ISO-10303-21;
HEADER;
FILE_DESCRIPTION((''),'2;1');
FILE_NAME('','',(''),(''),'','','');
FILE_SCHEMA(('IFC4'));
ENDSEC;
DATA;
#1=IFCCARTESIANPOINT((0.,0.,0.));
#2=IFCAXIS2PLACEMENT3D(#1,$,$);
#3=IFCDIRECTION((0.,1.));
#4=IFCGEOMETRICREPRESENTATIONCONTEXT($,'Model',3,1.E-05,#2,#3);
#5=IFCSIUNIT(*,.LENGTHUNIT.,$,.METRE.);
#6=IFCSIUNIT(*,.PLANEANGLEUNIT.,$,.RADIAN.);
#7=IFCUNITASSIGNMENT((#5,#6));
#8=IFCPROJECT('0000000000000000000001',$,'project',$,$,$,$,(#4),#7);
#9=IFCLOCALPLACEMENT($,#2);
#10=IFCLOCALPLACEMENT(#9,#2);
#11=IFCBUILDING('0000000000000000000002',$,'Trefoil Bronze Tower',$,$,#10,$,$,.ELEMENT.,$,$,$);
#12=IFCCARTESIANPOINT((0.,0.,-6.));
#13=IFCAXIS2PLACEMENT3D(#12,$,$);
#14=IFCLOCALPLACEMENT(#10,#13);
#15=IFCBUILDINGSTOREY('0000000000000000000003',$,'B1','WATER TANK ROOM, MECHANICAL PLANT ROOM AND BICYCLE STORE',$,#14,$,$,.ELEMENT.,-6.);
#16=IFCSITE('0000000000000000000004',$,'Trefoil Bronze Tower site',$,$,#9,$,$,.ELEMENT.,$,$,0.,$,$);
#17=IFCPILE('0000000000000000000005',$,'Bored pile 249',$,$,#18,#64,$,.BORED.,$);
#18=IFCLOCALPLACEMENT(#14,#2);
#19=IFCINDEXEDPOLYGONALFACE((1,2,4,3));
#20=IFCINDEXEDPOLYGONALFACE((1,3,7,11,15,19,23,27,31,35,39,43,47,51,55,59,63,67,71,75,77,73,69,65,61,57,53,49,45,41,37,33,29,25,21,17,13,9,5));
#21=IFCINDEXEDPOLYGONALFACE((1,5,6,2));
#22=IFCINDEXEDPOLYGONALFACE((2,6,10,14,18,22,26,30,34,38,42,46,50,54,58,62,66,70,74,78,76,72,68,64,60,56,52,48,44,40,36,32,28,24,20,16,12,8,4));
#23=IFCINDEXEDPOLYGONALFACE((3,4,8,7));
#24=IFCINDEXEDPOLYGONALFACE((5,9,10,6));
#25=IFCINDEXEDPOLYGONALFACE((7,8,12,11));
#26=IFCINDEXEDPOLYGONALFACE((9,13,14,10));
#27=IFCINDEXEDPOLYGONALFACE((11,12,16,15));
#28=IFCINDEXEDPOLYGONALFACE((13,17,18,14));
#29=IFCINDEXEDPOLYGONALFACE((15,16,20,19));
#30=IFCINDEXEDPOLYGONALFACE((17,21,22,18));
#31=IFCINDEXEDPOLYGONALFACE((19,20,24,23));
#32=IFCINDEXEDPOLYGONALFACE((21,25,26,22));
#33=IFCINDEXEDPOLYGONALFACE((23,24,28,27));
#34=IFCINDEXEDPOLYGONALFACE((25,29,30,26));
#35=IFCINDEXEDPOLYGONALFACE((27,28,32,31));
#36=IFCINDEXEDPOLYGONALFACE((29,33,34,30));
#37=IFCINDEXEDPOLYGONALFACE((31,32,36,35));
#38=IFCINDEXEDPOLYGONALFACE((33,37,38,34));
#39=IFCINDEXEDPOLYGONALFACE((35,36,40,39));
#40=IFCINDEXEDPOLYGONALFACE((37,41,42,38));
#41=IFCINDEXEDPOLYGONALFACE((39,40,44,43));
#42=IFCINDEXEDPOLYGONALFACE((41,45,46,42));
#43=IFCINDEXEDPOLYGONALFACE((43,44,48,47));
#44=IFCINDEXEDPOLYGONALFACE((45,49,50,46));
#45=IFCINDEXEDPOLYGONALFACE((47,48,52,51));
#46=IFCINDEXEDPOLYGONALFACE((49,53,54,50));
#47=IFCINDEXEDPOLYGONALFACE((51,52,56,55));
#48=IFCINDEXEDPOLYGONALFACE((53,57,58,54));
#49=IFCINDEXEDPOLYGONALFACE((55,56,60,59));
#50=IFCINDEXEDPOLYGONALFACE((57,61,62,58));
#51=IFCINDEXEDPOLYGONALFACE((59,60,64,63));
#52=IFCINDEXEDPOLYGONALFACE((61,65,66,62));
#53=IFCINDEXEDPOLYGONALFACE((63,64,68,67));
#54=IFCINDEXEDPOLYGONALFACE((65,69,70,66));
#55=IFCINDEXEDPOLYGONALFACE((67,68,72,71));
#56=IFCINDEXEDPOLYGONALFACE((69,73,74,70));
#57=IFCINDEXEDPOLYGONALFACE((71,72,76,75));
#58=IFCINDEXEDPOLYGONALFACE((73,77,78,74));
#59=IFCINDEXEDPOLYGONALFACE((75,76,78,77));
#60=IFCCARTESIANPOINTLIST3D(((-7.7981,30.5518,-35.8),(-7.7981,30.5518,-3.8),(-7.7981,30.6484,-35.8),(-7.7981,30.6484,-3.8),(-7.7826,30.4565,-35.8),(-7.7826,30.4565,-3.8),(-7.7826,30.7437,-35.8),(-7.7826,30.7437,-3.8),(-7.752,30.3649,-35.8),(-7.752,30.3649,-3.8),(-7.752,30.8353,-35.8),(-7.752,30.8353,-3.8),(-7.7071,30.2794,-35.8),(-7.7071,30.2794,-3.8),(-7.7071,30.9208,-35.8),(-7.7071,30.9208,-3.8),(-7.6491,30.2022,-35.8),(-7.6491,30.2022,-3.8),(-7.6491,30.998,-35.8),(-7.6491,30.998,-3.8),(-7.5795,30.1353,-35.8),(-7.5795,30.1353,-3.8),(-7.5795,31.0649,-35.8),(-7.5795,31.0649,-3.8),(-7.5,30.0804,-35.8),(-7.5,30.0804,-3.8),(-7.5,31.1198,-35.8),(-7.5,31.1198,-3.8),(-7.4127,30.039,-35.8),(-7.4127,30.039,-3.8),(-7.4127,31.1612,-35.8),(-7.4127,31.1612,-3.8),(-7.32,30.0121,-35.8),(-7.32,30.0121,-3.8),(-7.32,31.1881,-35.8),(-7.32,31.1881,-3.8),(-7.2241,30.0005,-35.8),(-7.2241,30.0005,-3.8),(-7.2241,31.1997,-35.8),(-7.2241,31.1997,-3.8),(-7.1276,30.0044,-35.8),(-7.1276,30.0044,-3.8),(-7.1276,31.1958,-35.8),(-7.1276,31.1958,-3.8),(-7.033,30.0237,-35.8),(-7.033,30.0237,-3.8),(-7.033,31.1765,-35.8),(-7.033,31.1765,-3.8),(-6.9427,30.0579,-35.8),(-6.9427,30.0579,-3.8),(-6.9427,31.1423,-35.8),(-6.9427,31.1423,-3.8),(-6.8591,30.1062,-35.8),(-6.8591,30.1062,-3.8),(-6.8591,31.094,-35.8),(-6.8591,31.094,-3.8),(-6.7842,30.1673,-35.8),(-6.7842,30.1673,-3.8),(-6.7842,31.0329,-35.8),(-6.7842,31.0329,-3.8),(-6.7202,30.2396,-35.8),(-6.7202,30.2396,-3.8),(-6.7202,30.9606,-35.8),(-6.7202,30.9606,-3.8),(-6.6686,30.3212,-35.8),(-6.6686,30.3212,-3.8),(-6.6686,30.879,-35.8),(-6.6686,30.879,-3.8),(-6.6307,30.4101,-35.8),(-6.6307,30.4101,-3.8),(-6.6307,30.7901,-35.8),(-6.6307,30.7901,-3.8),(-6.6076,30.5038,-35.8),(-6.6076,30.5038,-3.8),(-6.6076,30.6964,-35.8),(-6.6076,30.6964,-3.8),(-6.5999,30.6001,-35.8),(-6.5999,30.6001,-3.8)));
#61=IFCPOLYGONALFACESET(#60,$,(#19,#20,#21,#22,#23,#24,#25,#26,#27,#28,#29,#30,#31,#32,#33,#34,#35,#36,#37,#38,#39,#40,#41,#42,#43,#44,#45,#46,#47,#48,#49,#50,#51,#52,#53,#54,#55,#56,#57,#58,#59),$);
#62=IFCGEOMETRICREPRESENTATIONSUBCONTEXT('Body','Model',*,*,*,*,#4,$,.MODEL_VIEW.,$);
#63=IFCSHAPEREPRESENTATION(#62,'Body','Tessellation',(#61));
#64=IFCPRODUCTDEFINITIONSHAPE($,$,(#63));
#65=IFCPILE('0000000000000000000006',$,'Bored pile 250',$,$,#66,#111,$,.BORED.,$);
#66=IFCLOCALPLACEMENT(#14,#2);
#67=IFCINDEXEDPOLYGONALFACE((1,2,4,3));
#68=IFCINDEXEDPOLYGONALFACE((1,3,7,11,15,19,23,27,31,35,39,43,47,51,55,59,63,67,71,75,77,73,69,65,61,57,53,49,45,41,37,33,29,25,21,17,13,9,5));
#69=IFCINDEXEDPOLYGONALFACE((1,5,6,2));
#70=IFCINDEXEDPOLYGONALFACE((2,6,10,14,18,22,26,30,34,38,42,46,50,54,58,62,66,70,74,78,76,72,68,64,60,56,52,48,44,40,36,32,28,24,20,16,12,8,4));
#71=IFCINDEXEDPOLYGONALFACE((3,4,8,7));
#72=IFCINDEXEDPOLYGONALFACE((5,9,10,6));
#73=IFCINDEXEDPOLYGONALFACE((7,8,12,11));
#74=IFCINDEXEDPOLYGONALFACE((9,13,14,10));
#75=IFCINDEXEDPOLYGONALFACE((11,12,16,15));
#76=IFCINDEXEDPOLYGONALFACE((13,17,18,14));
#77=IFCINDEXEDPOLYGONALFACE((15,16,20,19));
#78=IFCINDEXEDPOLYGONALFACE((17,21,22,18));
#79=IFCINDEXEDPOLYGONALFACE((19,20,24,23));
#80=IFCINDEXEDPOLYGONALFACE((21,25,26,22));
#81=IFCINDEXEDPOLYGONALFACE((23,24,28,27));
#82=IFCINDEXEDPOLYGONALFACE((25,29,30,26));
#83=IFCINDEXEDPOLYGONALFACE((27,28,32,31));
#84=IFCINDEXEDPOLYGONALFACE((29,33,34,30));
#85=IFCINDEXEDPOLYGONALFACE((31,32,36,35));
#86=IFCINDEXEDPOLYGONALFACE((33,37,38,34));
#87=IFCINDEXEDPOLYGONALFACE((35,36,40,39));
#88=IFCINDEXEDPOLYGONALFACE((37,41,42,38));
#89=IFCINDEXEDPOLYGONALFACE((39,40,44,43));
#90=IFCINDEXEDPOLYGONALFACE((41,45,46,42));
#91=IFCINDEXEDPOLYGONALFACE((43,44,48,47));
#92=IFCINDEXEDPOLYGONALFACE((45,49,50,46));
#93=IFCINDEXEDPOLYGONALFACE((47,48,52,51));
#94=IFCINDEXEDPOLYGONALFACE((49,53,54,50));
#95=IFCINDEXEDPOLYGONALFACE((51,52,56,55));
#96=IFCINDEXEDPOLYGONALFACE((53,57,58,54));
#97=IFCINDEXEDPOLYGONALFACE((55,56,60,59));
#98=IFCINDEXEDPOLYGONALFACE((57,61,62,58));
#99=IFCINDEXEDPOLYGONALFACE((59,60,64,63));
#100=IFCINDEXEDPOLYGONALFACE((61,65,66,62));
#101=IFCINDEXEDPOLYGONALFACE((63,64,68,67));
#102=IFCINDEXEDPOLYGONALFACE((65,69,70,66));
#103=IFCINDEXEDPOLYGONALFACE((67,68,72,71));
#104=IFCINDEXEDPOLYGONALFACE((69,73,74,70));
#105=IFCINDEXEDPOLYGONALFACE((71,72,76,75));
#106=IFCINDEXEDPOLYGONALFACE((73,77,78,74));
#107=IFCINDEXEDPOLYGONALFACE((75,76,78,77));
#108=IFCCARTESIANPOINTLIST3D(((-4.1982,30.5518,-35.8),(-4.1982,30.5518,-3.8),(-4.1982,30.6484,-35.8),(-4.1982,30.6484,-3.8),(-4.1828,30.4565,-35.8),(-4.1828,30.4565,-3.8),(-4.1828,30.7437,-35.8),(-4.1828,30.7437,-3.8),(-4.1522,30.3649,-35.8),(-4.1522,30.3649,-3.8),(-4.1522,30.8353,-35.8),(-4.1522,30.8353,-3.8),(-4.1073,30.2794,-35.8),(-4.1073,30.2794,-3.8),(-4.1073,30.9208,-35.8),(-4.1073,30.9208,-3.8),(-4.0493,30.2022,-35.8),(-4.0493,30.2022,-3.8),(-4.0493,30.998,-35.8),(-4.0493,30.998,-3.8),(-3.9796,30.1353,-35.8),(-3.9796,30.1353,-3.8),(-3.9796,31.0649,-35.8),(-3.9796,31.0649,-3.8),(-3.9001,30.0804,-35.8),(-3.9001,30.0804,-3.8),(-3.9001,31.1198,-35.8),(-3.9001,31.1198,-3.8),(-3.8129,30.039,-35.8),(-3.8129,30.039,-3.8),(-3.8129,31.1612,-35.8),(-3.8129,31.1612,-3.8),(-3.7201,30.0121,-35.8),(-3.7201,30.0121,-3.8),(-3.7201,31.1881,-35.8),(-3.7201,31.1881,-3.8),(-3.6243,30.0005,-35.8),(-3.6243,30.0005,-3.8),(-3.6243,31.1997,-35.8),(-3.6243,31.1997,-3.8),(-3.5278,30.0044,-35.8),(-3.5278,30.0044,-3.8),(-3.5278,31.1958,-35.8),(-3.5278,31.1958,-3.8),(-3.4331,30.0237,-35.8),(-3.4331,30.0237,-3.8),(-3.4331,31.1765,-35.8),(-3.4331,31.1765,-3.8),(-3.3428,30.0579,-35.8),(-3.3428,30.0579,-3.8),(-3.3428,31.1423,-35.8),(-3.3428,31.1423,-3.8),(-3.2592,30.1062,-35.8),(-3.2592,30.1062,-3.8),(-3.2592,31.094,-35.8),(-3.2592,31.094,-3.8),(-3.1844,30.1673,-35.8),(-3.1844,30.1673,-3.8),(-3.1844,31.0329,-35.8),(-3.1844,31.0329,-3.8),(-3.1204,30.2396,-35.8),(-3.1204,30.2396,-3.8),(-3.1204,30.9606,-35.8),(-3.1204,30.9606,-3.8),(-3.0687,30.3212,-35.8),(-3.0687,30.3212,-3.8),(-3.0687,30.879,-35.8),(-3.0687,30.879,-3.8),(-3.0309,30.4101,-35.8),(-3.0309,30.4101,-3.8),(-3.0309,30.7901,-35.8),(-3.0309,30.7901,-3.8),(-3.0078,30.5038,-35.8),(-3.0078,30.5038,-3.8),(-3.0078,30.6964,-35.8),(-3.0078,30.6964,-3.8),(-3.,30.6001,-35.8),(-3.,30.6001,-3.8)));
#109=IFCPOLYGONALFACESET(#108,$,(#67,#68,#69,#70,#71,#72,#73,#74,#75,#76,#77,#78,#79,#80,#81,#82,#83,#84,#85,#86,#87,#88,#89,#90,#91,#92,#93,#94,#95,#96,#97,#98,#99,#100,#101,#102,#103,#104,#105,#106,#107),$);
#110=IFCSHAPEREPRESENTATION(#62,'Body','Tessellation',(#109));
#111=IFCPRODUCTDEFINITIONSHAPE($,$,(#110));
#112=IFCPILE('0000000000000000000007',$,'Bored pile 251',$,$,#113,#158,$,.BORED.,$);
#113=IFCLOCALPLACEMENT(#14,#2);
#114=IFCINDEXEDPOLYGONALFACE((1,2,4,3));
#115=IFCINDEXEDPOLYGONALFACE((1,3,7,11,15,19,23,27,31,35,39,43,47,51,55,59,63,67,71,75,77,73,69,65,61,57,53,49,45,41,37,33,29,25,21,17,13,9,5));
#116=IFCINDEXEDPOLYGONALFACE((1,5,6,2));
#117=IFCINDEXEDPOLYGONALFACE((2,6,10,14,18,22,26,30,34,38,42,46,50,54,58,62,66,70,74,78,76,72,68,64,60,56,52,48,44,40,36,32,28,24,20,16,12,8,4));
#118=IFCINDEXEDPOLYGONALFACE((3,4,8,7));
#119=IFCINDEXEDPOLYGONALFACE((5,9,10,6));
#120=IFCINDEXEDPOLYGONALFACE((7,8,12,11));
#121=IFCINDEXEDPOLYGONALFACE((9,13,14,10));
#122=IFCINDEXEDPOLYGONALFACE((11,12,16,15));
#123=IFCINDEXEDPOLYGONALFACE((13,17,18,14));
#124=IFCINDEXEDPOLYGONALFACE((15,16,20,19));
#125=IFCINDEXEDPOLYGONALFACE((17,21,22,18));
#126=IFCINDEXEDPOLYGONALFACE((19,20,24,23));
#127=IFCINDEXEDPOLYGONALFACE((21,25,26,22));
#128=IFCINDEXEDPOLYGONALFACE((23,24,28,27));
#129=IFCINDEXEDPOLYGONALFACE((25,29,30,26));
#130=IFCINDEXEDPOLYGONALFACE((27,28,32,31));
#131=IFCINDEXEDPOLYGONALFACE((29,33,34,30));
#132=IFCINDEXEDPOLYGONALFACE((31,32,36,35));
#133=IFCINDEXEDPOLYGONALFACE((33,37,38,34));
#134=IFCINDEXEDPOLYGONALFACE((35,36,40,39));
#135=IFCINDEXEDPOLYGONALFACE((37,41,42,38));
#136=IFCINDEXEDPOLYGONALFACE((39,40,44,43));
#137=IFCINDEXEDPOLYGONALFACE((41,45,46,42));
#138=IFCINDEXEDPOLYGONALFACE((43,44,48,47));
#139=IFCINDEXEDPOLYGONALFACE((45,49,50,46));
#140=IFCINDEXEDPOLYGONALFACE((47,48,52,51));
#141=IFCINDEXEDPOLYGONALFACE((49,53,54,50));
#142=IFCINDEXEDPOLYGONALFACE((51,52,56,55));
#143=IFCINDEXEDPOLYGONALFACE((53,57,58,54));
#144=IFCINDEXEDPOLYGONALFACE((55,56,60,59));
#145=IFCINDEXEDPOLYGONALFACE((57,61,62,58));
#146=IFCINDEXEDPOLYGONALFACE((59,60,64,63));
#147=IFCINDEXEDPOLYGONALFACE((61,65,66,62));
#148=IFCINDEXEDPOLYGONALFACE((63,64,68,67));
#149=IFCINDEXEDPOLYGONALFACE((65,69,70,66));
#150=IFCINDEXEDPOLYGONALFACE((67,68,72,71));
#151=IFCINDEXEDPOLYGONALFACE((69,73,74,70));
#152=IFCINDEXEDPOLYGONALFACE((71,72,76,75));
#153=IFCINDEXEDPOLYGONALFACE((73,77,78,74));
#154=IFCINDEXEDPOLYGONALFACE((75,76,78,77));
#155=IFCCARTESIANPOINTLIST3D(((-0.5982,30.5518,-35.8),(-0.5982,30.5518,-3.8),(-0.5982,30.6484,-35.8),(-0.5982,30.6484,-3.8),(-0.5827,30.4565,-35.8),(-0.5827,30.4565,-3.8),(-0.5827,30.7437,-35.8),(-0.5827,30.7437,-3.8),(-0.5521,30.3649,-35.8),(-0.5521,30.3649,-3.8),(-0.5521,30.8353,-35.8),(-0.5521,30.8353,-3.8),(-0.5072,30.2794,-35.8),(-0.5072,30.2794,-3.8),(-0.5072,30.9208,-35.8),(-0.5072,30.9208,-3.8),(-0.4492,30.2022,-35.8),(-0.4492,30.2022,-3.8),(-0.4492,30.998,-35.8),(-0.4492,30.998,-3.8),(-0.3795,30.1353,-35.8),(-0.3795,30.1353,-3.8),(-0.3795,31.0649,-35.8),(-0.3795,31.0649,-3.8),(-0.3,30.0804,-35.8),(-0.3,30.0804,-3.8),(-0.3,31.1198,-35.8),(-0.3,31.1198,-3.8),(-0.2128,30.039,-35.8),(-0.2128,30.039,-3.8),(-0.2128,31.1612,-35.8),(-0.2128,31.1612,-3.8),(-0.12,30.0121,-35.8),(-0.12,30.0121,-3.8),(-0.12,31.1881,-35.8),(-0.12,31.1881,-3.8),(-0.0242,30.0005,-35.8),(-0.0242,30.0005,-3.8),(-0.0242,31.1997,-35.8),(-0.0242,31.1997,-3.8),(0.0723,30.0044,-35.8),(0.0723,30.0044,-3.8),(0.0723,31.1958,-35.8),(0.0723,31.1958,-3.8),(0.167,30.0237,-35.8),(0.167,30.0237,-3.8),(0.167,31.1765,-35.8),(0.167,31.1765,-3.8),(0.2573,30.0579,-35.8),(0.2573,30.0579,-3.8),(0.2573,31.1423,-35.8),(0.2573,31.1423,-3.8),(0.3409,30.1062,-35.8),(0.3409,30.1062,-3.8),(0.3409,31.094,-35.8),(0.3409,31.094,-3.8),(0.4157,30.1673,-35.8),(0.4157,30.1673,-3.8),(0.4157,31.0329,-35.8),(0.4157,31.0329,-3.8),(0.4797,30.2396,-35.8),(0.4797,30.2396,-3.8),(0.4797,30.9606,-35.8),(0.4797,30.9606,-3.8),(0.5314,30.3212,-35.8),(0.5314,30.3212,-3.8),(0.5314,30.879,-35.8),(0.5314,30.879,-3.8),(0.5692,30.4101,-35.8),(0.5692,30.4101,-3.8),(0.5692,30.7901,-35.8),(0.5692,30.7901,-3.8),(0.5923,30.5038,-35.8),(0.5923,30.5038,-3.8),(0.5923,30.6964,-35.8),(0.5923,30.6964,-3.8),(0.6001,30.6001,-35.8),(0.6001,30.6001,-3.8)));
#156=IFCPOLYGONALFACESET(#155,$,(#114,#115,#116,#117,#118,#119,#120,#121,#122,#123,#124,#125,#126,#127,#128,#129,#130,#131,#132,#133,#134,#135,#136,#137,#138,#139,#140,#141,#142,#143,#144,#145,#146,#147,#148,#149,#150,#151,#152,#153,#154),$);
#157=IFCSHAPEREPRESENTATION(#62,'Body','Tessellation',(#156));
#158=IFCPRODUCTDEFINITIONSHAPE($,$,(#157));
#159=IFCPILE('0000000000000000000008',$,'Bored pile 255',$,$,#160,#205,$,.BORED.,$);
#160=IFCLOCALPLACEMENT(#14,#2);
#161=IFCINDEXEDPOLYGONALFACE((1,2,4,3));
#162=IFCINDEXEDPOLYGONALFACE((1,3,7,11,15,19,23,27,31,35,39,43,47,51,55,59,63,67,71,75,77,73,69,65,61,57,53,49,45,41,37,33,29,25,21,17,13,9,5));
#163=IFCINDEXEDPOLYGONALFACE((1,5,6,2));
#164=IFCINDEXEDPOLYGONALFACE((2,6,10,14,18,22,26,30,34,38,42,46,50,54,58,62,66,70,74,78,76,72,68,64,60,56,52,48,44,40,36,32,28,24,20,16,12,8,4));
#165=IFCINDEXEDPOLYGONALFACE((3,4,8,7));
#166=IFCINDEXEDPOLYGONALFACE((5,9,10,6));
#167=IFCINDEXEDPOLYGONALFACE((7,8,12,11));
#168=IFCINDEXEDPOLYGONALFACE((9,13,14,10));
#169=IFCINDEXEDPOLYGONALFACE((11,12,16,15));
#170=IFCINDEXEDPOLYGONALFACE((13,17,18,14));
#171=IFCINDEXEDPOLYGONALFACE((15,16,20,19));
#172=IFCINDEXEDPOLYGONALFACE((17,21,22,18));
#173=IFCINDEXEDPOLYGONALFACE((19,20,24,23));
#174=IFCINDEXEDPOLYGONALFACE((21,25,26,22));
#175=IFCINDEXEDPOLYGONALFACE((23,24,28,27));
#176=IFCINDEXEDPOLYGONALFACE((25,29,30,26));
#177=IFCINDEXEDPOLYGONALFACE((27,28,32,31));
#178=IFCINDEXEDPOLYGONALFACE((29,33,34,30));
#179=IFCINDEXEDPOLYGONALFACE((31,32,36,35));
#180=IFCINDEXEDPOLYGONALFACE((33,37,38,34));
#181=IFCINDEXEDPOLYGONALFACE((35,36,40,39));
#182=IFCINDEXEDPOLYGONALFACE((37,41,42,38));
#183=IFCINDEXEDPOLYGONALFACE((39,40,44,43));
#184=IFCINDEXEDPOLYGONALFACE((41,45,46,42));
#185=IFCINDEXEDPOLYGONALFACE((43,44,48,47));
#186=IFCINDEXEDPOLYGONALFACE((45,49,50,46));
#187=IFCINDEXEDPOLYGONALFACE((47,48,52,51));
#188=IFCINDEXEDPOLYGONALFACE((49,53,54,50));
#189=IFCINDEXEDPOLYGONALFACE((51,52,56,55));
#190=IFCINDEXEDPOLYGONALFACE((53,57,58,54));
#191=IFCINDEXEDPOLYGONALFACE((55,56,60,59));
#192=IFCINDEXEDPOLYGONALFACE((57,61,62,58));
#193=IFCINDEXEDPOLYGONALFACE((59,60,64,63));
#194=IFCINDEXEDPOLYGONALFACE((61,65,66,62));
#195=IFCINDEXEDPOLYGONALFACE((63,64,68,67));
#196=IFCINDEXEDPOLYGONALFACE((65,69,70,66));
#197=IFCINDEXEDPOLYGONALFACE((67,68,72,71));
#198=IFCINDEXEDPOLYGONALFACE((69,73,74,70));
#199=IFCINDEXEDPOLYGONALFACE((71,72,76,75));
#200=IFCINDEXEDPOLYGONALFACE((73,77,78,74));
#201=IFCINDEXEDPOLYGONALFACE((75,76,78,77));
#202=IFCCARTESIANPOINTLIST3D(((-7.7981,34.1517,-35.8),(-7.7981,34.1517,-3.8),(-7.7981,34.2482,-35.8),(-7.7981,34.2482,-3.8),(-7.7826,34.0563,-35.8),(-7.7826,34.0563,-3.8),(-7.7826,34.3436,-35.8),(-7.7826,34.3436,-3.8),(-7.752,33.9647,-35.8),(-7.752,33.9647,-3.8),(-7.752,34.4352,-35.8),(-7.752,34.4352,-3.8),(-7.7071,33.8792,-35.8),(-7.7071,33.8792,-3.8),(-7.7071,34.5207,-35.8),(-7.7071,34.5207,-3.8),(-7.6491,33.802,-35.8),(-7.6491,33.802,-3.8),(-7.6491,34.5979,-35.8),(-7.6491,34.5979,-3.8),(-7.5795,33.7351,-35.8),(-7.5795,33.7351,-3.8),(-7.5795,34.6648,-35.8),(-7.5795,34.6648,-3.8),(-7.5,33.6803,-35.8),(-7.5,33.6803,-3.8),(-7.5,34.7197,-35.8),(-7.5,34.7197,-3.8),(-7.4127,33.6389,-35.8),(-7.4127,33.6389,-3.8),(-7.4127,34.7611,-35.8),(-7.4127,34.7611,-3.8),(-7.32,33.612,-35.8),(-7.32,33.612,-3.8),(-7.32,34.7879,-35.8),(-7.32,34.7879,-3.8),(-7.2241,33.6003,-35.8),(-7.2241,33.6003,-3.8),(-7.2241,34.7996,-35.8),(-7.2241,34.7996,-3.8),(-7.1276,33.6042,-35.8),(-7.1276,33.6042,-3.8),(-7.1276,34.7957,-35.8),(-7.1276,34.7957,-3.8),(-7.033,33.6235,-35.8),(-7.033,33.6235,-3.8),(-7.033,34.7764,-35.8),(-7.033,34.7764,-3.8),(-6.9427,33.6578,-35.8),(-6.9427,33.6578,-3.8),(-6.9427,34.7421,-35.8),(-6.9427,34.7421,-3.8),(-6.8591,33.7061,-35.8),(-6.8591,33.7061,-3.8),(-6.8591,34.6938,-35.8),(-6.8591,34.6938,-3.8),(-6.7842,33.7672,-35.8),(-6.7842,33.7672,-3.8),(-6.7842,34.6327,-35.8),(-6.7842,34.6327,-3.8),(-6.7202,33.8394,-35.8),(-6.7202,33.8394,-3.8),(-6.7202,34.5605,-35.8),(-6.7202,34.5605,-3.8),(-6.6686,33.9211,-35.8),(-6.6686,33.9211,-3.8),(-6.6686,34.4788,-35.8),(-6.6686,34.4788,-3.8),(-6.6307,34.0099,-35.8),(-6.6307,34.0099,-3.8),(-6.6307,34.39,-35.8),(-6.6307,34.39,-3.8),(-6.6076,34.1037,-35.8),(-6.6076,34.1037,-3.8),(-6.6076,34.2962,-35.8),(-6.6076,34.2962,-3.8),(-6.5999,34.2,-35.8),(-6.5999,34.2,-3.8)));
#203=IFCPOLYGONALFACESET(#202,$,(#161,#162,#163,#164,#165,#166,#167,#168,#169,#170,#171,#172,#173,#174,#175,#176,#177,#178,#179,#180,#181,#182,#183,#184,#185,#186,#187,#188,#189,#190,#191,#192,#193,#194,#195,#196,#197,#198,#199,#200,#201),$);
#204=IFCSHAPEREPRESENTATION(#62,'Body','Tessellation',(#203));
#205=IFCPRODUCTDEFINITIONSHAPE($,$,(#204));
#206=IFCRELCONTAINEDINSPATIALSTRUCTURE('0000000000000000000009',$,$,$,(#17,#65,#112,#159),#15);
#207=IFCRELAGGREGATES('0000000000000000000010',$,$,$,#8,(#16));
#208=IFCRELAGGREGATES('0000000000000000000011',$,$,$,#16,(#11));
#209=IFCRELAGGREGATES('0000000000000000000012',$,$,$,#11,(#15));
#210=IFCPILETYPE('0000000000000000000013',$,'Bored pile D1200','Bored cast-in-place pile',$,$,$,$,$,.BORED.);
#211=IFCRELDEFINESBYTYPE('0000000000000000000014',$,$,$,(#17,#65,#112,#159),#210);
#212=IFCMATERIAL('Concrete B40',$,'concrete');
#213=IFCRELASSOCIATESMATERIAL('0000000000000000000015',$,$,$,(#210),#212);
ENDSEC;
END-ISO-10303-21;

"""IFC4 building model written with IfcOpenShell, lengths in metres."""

from ifc_helpers import new_model, si_unit, direction, frame, origin, origin_2d, place, context, subcontext, project, spatial, circle, extrude, material, type_object, element, save


model = new_model("IFC4")

# Units and contexts
model_context = context("Model", 3, precision=1e-05, world=origin(), true_north=direction((0.0, 1.0)))
body_context = subcontext(model_context, "Body", "Model", "MODEL_VIEW")
ifc_project = project(units=[si_unit("LENGTHUNIT", "METRE"), si_unit("PLANEANGLEUNIT", "RADIAN")], contexts=[model_context])

# Site, building, storey
site_placement = place(None, origin())
site = spatial("IfcSite", under=ifc_project, at=site_placement, Name="Trefoil Bronze Tower site", CompositionType="ELEMENT", RefElevation=0.0)
building_placement = place(site_placement, origin())
building = spatial("IfcBuilding", under=site, at=building_placement, Name="Trefoil Bronze Tower", CompositionType="ELEMENT")
storey_placement = place(building_placement, frame((0.0, 0.0, -6.0)))
storey = spatial("IfcBuildingStorey", under=building, at=storey_placement, Name="B1", Description="WATER TANK ROOM, MECHANICAL PLANT ROOM AND BICYCLE STORE", CompositionType="ELEMENT", Elevation=-6.0)

# Piles
ifc_material_1 = material(Name="Concrete B40", Category="concrete")
pile_type = type_object("IfcPileType", Name="Bored pile D1200", Description="Bored cast-in-place pile", PredefinedType="BORED", material=ifc_material_1)
for number, where, z_axis, x_axis, name in (
    (1, (-7.2, 30.6001, -3.8), (0.0, 0.0, -1.0), (1.0, 0.0, 0.0), "Bored pile 249"),
    (2, (-3.6001, 30.6001, -3.8), (0.0, 0.0, -1.0), (1.0, 0.0, 0.0), "Bored pile 250"),
    (3, (0.0, 30.6001, -3.8), (0.0, 0.0, -1.0), (1.0, 0.0, 0.0), "Bored pile 251"),
    (4, (-7.2, 34.2, -3.8), (0.0, 0.0, -1.0), (1.0, 0.0, 0.0), "Bored pile 255"),
):
    element("IfcPile", number, at=place(storey_placement, frame(where, z_axis=z_axis, x_axis=x_axis)), inside=storey, type_object=pile_type, Name=name, PredefinedType="BORED", context=body_context, shape_type="SweptSolid", body=[
        extrude(circle(Radius=0.6001, at=origin_2d()), origin(), (0.0, 0.0, 1.0), 32.0),
    ])

save(model, "model.ifc")
